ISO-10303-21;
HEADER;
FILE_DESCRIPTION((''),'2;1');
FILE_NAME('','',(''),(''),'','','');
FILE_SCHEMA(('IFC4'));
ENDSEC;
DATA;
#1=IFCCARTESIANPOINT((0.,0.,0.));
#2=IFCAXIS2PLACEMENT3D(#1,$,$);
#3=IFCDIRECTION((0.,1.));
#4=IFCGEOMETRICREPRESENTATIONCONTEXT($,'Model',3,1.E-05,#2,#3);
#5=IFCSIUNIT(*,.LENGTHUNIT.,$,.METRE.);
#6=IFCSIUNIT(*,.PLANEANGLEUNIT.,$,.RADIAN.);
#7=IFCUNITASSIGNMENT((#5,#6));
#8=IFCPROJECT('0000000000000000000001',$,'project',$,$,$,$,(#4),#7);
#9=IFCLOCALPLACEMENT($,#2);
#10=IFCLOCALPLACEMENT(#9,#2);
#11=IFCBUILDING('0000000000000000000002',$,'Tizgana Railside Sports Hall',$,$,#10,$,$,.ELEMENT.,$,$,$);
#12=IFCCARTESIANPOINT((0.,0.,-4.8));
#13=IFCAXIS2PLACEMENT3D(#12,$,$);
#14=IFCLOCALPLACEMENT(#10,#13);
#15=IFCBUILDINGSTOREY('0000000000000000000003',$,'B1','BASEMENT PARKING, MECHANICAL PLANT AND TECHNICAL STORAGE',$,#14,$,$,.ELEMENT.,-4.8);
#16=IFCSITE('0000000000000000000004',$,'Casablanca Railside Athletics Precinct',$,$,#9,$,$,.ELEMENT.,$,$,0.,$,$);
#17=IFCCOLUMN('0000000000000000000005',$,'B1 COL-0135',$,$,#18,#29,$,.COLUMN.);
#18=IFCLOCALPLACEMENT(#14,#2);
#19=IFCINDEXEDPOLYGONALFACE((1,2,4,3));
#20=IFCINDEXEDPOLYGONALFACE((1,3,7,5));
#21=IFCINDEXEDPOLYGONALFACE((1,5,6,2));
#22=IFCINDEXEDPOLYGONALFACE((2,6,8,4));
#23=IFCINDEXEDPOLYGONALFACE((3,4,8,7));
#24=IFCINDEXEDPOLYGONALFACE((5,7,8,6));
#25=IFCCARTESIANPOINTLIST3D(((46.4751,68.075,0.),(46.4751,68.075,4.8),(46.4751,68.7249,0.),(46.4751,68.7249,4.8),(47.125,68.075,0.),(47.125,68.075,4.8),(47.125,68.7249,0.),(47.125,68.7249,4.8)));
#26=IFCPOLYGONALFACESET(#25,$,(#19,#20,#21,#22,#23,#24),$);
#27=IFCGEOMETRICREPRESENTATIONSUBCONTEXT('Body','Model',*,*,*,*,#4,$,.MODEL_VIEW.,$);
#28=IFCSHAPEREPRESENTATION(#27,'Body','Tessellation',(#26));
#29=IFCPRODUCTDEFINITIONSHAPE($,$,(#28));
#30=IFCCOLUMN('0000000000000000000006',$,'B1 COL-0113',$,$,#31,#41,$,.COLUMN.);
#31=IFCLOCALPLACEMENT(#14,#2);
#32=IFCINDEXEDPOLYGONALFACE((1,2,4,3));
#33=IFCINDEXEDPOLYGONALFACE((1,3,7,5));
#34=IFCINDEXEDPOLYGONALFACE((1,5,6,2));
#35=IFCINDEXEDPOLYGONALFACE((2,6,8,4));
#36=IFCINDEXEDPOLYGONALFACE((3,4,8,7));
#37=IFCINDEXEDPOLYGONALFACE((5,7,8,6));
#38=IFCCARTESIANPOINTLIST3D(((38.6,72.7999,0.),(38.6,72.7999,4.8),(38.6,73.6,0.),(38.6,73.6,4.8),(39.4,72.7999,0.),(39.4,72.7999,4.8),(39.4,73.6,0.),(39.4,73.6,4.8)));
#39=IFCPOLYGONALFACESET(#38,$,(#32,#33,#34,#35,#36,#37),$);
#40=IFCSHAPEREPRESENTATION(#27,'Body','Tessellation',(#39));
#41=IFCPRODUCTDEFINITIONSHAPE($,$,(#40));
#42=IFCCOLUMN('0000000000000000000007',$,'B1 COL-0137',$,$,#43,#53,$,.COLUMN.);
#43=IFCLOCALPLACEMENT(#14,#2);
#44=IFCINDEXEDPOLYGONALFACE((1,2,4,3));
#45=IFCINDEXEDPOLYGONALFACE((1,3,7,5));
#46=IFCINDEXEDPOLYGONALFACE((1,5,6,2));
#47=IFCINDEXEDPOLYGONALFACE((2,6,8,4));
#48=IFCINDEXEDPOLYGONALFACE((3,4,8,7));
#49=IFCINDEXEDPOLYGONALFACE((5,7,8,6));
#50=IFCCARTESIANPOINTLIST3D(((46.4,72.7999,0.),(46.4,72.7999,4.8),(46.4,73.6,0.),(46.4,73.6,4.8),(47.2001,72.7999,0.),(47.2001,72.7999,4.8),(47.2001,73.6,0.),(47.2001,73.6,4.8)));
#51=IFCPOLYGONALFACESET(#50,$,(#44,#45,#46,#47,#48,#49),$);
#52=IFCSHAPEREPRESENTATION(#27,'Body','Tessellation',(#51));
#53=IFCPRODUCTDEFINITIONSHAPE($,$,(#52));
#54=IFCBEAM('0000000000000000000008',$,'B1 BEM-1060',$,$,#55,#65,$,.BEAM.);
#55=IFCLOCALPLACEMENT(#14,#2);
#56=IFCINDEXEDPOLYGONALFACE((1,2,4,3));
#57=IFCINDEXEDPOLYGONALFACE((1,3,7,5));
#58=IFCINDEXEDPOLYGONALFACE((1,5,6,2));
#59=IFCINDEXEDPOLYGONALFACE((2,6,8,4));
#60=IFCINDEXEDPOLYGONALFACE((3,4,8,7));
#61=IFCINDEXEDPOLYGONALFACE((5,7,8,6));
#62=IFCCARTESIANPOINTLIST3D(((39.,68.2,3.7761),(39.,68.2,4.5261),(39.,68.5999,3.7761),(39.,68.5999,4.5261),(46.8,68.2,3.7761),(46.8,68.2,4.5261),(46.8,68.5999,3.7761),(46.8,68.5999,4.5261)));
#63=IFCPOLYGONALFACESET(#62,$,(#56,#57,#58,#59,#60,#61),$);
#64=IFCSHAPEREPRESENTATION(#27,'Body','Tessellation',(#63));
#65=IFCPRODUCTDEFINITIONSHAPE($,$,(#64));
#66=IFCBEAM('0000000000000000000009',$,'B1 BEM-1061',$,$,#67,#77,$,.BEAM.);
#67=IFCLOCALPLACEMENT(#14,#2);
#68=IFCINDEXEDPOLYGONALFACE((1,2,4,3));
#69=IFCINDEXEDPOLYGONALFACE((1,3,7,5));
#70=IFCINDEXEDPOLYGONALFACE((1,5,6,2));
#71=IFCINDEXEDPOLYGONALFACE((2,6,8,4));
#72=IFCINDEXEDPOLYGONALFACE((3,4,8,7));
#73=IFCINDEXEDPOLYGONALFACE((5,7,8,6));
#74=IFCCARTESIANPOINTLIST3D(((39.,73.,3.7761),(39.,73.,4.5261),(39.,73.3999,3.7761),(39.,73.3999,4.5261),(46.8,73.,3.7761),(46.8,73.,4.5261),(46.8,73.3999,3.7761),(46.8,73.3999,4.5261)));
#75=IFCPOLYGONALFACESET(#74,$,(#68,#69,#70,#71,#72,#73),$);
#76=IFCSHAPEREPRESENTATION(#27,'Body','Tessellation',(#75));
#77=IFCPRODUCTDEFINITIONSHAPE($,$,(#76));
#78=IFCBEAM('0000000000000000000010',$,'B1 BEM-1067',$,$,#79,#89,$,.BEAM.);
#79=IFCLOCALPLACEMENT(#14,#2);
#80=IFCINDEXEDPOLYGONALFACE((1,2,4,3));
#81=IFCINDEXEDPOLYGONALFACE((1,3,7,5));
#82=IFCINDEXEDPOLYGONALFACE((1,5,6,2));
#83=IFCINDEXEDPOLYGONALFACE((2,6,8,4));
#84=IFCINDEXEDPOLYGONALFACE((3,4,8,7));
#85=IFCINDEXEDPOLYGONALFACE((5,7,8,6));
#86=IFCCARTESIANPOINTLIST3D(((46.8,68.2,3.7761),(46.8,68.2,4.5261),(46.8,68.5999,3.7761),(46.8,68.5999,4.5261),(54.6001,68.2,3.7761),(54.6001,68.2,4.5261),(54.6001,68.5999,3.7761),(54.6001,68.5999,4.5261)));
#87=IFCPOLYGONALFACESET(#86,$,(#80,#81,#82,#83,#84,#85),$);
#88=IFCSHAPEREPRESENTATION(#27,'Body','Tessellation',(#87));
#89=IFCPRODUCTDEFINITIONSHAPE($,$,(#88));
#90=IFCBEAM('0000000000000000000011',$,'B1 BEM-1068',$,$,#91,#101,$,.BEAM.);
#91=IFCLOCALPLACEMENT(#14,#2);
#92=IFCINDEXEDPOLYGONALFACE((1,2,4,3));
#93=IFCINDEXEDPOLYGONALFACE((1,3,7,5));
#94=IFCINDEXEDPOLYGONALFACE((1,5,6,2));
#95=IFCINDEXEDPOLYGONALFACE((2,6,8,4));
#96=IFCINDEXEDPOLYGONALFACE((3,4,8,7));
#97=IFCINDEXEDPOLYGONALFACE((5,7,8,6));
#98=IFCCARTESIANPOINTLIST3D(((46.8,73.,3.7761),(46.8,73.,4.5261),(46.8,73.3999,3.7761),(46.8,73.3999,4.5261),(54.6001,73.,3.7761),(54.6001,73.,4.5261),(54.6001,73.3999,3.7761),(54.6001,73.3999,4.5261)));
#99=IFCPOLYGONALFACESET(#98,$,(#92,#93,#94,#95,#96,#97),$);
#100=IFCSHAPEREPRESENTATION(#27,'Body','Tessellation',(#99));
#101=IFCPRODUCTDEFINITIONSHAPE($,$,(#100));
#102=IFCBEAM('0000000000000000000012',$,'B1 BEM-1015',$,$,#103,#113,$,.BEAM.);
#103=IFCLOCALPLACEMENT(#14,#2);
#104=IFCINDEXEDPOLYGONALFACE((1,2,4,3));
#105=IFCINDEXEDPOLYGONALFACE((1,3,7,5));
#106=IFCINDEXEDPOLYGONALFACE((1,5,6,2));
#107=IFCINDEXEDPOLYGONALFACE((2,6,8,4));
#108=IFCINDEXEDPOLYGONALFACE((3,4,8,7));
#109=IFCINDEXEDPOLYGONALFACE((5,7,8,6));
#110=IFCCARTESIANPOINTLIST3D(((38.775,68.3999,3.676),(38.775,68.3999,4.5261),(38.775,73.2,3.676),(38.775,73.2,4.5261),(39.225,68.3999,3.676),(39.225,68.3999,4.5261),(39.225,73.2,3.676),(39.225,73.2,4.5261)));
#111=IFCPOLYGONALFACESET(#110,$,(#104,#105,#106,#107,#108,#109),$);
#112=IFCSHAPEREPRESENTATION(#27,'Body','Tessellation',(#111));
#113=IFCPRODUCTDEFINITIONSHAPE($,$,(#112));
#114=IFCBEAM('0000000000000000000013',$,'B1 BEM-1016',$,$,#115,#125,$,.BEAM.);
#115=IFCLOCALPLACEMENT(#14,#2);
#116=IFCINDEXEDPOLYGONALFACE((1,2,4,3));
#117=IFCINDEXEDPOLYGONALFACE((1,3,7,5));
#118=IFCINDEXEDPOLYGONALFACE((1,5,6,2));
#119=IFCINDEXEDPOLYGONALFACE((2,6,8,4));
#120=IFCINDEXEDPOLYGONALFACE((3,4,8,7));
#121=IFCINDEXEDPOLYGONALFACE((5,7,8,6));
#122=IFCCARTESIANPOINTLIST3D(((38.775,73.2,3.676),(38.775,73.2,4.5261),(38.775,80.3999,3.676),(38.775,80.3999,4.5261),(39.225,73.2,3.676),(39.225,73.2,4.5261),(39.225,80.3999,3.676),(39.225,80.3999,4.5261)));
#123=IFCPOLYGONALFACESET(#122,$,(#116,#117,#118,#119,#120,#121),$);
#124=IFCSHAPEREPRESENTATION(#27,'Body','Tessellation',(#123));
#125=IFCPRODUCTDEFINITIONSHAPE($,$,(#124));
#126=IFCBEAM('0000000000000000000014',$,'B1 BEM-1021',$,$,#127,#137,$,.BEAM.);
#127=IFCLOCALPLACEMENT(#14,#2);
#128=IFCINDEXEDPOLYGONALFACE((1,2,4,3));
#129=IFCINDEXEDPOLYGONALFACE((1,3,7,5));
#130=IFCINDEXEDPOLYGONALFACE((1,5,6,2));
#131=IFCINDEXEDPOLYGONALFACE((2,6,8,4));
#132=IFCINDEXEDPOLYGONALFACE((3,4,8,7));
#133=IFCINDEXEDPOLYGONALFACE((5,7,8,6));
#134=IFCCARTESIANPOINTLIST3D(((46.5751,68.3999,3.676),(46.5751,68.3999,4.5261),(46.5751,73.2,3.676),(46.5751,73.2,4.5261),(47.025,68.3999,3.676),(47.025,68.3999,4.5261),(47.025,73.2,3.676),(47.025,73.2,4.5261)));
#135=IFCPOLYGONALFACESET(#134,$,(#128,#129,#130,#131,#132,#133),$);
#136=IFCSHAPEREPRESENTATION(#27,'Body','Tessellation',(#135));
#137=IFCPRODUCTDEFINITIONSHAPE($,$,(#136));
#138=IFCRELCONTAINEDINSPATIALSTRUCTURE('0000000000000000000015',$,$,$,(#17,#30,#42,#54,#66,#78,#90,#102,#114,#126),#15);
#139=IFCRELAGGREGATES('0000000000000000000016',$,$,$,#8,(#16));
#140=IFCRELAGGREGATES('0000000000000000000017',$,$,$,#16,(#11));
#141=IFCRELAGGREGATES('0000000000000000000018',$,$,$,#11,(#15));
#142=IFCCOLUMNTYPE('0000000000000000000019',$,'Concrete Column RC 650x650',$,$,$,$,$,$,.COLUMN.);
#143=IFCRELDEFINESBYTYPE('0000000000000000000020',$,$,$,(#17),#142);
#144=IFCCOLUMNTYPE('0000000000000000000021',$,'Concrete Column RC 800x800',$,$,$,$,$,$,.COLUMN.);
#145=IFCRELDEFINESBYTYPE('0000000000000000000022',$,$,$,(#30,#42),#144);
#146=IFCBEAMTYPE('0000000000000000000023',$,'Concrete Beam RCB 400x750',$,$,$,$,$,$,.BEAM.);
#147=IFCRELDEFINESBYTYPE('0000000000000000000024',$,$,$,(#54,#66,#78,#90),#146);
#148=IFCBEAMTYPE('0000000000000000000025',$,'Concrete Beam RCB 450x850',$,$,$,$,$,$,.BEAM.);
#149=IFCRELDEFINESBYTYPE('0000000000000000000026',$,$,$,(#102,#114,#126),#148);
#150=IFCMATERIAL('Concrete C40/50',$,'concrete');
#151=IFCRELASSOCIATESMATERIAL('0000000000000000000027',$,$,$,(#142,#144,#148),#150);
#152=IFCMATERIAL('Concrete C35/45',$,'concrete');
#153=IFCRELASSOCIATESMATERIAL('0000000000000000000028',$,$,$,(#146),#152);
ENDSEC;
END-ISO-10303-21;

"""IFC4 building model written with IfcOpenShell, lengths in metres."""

from ifc_helpers import new_model, si_unit, direction, frame, origin, origin_2d, place, context, subcontext, project, spatial, rectangle, extrude, material, material_profile, profile_set, type_object, element, save


model = new_model("IFC4")

# Units and contexts
model_context = context("Model", 3, precision=1e-05, world=origin(), true_north=direction((0.0, 1.0)))
body_context = subcontext(model_context, "Body", "Model", "MODEL_VIEW")
ifc_project = project(units=[si_unit("LENGTHUNIT", "METRE"), si_unit("PLANEANGLEUNIT", "RADIAN")], contexts=[model_context])

# Site, building, storey
site_placement = place(None, origin())
site = spatial("IfcSite", under=ifc_project, at=site_placement, Name="Casablanca Railside Athletics Precinct", CompositionType="ELEMENT", RefElevation=0.0)
building_placement = place(site_placement, origin())
building = spatial("IfcBuilding", under=site, at=building_placement, Name="Tizgana Railside Sports Hall", CompositionType="ELEMENT")
storey_placement = place(building_placement, frame((0.0, 0.0, -4.8)))
storey = spatial("IfcBuildingStorey", under=building, at=storey_placement, Name="B1", Description="BASEMENT PARKING, MECHANICAL PLANT AND TECHNICAL STORAGE", CompositionType="ELEMENT", Elevation=-4.8)

# Shared definitions
ifc_material_1 = material(Name="Concrete C35/45", Category="concrete")

# Columns
ifc_material_2 = material(Name="Concrete C40/50", Category="concrete")
ifc_material_profile_1 = material_profile(ifc_material_2, rectangle(XDim=0.6499, YDim=0.6499, at=origin_2d()), Name="RC 650x650")
ifc_profile_set_1 = profile_set([ifc_material_profile_1], Name="Concrete C40/50")
column_type_1 = type_object("IfcColumnType", Name="Concrete Column RC 650x650", PredefinedType="COLUMN", material=ifc_profile_set_1)
for number, where, z_axis, x_axis, name in (
    (1, (46.8, 68.3999, 0.0), (0.0, 0.0, 1.0), (1.0, 0.0, 0.0), "B1 COL-0135"),
):
    element("IfcColumn", number, at=place(storey_placement, frame(where, z_axis=z_axis, x_axis=x_axis)), inside=storey, type_object=column_type_1, Name=name, PredefinedType="COLUMN", context=body_context, shape_type="SweptSolid", body=[
        extrude(rectangle(XDim=0.6499, YDim=0.6499, at=origin_2d()), origin(), (0.0, 0.0, 1.0), 4.8),
    ])
ifc_material_profile_2 = material_profile(ifc_material_2, rectangle(XDim=0.8, YDim=0.8, at=origin_2d()), Name="RC 800x800")
ifc_profile_set_2 = profile_set([ifc_material_profile_2], Name="Concrete C40/50")
column_type_2 = type_object("IfcColumnType", Name="Concrete Column RC 800x800", PredefinedType="COLUMN", material=ifc_profile_set_2)
for number, where, z_axis, x_axis, name in (
    (2, (39.0, 73.2, 0.0), (0.0, 0.0, 1.0), (1.0, 0.0, 0.0), "B1 COL-0113"),
    (3, (46.8, 73.2, 0.0), (0.0, 0.0, 1.0), (1.0, 0.0, 0.0), "B1 COL-0137"),
):
    element("IfcColumn", number, at=place(storey_placement, frame(where, z_axis=z_axis, x_axis=x_axis)), inside=storey, type_object=column_type_2, Name=name, PredefinedType="COLUMN", context=body_context, shape_type="SweptSolid", body=[
        extrude(rectangle(XDim=0.8, YDim=0.8, at=origin_2d()), origin(), (0.0, 0.0, 1.0), 4.8),
    ])

# Beams
ifc_material_profile_3 = material_profile(ifc_material_1, rectangle(XDim=0.3999, YDim=0.75, at=origin_2d()), Name="RCB 400x750")
ifc_profile_set_3 = profile_set([ifc_material_profile_3], Name="Concrete C35/45")
beam_type_1 = type_object("IfcBeamType", Name="Concrete Beam RCB 400x750", PredefinedType="BEAM", material=ifc_profile_set_3)
for number, where, z_axis, x_axis, name in (
    (4, (39.0, 68.3999, 4.1511), (1.0, 0.0, 0.0), (0.0, 1.0, 0.0), "B1 BEM-1060"),
    (5, (39.0, 73.2, 4.1511), (1.0, 0.0, 0.0), (0.0, 1.0, 0.0), "B1 BEM-1061"),
    (6, (46.8, 68.3999, 4.1511), (1.0, 0.0, 0.0), (0.0, 1.0, 0.0), "B1 BEM-1067"),
    (7, (46.8, 73.2, 4.1511), (1.0, 0.0, 0.0), (0.0, 1.0, 0.0), "B1 BEM-1068"),
):
    element("IfcBeam", number, at=place(storey_placement, frame(where, z_axis=z_axis, x_axis=x_axis)), inside=storey, type_object=beam_type_1, Name=name, PredefinedType="BEAM", context=body_context, shape_type="SweptSolid", body=[
        extrude(rectangle(XDim=0.3999, YDim=0.75, at=origin_2d()), origin(), (0.0, 0.0, 1.0), 7.8),
    ])
ifc_material_profile_4 = material_profile(ifc_material_2, rectangle(XDim=0.45, YDim=0.8501, at=origin_2d()), Name="RCB 450x850")
ifc_profile_set_4 = profile_set([ifc_material_profile_4], Name="Concrete C40/50")
beam_type_2 = type_object("IfcBeamType", Name="Concrete Beam RCB 450x850", PredefinedType="BEAM", material=ifc_profile_set_4)
beam_1_placement = place(storey_placement, frame((39.0, 68.3999, 4.1011), z_axis=(0.0, 1.0, 0.0), x_axis=(-1.0, 0.0, 0.0)))
element("IfcBeam", 8, at=beam_1_placement, inside=storey, type_object=beam_type_2, Name="B1 BEM-1015", PredefinedType="BEAM", context=body_context, shape_type="SweptSolid", body=[
    extrude(rectangle(XDim=0.45, YDim=0.8501, at=origin_2d()), origin(), (0.0, 0.0, 1.0), 4.8),
])
beam_2_placement = place(storey_placement, frame((39.0, 73.2, 4.1011), z_axis=(0.0, 1.0, 0.0), x_axis=(-1.0, 0.0, 0.0)))
element("IfcBeam", 9, at=beam_2_placement, inside=storey, type_object=beam_type_2, Name="B1 BEM-1016", PredefinedType="BEAM", context=body_context, shape_type="SweptSolid", body=[
    extrude(rectangle(XDim=0.45, YDim=0.8501, at=origin_2d()), origin(), (0.0, 0.0, 1.0), 7.2),
])
beam_3_placement = place(storey_placement, frame((46.8, 68.3999, 4.1011), z_axis=(0.0, 1.0, 0.0), x_axis=(-1.0, 0.0, 0.0)))
element("IfcBeam", 10, at=beam_3_placement, inside=storey, type_object=beam_type_2, Name="B1 BEM-1021", PredefinedType="BEAM", context=body_context, shape_type="SweptSolid", body=[
    extrude(rectangle(XDim=0.45, YDim=0.8501, at=origin_2d()), origin(), (0.0, 0.0, 1.0), 4.8),
])

save(model, "model.ifc")
